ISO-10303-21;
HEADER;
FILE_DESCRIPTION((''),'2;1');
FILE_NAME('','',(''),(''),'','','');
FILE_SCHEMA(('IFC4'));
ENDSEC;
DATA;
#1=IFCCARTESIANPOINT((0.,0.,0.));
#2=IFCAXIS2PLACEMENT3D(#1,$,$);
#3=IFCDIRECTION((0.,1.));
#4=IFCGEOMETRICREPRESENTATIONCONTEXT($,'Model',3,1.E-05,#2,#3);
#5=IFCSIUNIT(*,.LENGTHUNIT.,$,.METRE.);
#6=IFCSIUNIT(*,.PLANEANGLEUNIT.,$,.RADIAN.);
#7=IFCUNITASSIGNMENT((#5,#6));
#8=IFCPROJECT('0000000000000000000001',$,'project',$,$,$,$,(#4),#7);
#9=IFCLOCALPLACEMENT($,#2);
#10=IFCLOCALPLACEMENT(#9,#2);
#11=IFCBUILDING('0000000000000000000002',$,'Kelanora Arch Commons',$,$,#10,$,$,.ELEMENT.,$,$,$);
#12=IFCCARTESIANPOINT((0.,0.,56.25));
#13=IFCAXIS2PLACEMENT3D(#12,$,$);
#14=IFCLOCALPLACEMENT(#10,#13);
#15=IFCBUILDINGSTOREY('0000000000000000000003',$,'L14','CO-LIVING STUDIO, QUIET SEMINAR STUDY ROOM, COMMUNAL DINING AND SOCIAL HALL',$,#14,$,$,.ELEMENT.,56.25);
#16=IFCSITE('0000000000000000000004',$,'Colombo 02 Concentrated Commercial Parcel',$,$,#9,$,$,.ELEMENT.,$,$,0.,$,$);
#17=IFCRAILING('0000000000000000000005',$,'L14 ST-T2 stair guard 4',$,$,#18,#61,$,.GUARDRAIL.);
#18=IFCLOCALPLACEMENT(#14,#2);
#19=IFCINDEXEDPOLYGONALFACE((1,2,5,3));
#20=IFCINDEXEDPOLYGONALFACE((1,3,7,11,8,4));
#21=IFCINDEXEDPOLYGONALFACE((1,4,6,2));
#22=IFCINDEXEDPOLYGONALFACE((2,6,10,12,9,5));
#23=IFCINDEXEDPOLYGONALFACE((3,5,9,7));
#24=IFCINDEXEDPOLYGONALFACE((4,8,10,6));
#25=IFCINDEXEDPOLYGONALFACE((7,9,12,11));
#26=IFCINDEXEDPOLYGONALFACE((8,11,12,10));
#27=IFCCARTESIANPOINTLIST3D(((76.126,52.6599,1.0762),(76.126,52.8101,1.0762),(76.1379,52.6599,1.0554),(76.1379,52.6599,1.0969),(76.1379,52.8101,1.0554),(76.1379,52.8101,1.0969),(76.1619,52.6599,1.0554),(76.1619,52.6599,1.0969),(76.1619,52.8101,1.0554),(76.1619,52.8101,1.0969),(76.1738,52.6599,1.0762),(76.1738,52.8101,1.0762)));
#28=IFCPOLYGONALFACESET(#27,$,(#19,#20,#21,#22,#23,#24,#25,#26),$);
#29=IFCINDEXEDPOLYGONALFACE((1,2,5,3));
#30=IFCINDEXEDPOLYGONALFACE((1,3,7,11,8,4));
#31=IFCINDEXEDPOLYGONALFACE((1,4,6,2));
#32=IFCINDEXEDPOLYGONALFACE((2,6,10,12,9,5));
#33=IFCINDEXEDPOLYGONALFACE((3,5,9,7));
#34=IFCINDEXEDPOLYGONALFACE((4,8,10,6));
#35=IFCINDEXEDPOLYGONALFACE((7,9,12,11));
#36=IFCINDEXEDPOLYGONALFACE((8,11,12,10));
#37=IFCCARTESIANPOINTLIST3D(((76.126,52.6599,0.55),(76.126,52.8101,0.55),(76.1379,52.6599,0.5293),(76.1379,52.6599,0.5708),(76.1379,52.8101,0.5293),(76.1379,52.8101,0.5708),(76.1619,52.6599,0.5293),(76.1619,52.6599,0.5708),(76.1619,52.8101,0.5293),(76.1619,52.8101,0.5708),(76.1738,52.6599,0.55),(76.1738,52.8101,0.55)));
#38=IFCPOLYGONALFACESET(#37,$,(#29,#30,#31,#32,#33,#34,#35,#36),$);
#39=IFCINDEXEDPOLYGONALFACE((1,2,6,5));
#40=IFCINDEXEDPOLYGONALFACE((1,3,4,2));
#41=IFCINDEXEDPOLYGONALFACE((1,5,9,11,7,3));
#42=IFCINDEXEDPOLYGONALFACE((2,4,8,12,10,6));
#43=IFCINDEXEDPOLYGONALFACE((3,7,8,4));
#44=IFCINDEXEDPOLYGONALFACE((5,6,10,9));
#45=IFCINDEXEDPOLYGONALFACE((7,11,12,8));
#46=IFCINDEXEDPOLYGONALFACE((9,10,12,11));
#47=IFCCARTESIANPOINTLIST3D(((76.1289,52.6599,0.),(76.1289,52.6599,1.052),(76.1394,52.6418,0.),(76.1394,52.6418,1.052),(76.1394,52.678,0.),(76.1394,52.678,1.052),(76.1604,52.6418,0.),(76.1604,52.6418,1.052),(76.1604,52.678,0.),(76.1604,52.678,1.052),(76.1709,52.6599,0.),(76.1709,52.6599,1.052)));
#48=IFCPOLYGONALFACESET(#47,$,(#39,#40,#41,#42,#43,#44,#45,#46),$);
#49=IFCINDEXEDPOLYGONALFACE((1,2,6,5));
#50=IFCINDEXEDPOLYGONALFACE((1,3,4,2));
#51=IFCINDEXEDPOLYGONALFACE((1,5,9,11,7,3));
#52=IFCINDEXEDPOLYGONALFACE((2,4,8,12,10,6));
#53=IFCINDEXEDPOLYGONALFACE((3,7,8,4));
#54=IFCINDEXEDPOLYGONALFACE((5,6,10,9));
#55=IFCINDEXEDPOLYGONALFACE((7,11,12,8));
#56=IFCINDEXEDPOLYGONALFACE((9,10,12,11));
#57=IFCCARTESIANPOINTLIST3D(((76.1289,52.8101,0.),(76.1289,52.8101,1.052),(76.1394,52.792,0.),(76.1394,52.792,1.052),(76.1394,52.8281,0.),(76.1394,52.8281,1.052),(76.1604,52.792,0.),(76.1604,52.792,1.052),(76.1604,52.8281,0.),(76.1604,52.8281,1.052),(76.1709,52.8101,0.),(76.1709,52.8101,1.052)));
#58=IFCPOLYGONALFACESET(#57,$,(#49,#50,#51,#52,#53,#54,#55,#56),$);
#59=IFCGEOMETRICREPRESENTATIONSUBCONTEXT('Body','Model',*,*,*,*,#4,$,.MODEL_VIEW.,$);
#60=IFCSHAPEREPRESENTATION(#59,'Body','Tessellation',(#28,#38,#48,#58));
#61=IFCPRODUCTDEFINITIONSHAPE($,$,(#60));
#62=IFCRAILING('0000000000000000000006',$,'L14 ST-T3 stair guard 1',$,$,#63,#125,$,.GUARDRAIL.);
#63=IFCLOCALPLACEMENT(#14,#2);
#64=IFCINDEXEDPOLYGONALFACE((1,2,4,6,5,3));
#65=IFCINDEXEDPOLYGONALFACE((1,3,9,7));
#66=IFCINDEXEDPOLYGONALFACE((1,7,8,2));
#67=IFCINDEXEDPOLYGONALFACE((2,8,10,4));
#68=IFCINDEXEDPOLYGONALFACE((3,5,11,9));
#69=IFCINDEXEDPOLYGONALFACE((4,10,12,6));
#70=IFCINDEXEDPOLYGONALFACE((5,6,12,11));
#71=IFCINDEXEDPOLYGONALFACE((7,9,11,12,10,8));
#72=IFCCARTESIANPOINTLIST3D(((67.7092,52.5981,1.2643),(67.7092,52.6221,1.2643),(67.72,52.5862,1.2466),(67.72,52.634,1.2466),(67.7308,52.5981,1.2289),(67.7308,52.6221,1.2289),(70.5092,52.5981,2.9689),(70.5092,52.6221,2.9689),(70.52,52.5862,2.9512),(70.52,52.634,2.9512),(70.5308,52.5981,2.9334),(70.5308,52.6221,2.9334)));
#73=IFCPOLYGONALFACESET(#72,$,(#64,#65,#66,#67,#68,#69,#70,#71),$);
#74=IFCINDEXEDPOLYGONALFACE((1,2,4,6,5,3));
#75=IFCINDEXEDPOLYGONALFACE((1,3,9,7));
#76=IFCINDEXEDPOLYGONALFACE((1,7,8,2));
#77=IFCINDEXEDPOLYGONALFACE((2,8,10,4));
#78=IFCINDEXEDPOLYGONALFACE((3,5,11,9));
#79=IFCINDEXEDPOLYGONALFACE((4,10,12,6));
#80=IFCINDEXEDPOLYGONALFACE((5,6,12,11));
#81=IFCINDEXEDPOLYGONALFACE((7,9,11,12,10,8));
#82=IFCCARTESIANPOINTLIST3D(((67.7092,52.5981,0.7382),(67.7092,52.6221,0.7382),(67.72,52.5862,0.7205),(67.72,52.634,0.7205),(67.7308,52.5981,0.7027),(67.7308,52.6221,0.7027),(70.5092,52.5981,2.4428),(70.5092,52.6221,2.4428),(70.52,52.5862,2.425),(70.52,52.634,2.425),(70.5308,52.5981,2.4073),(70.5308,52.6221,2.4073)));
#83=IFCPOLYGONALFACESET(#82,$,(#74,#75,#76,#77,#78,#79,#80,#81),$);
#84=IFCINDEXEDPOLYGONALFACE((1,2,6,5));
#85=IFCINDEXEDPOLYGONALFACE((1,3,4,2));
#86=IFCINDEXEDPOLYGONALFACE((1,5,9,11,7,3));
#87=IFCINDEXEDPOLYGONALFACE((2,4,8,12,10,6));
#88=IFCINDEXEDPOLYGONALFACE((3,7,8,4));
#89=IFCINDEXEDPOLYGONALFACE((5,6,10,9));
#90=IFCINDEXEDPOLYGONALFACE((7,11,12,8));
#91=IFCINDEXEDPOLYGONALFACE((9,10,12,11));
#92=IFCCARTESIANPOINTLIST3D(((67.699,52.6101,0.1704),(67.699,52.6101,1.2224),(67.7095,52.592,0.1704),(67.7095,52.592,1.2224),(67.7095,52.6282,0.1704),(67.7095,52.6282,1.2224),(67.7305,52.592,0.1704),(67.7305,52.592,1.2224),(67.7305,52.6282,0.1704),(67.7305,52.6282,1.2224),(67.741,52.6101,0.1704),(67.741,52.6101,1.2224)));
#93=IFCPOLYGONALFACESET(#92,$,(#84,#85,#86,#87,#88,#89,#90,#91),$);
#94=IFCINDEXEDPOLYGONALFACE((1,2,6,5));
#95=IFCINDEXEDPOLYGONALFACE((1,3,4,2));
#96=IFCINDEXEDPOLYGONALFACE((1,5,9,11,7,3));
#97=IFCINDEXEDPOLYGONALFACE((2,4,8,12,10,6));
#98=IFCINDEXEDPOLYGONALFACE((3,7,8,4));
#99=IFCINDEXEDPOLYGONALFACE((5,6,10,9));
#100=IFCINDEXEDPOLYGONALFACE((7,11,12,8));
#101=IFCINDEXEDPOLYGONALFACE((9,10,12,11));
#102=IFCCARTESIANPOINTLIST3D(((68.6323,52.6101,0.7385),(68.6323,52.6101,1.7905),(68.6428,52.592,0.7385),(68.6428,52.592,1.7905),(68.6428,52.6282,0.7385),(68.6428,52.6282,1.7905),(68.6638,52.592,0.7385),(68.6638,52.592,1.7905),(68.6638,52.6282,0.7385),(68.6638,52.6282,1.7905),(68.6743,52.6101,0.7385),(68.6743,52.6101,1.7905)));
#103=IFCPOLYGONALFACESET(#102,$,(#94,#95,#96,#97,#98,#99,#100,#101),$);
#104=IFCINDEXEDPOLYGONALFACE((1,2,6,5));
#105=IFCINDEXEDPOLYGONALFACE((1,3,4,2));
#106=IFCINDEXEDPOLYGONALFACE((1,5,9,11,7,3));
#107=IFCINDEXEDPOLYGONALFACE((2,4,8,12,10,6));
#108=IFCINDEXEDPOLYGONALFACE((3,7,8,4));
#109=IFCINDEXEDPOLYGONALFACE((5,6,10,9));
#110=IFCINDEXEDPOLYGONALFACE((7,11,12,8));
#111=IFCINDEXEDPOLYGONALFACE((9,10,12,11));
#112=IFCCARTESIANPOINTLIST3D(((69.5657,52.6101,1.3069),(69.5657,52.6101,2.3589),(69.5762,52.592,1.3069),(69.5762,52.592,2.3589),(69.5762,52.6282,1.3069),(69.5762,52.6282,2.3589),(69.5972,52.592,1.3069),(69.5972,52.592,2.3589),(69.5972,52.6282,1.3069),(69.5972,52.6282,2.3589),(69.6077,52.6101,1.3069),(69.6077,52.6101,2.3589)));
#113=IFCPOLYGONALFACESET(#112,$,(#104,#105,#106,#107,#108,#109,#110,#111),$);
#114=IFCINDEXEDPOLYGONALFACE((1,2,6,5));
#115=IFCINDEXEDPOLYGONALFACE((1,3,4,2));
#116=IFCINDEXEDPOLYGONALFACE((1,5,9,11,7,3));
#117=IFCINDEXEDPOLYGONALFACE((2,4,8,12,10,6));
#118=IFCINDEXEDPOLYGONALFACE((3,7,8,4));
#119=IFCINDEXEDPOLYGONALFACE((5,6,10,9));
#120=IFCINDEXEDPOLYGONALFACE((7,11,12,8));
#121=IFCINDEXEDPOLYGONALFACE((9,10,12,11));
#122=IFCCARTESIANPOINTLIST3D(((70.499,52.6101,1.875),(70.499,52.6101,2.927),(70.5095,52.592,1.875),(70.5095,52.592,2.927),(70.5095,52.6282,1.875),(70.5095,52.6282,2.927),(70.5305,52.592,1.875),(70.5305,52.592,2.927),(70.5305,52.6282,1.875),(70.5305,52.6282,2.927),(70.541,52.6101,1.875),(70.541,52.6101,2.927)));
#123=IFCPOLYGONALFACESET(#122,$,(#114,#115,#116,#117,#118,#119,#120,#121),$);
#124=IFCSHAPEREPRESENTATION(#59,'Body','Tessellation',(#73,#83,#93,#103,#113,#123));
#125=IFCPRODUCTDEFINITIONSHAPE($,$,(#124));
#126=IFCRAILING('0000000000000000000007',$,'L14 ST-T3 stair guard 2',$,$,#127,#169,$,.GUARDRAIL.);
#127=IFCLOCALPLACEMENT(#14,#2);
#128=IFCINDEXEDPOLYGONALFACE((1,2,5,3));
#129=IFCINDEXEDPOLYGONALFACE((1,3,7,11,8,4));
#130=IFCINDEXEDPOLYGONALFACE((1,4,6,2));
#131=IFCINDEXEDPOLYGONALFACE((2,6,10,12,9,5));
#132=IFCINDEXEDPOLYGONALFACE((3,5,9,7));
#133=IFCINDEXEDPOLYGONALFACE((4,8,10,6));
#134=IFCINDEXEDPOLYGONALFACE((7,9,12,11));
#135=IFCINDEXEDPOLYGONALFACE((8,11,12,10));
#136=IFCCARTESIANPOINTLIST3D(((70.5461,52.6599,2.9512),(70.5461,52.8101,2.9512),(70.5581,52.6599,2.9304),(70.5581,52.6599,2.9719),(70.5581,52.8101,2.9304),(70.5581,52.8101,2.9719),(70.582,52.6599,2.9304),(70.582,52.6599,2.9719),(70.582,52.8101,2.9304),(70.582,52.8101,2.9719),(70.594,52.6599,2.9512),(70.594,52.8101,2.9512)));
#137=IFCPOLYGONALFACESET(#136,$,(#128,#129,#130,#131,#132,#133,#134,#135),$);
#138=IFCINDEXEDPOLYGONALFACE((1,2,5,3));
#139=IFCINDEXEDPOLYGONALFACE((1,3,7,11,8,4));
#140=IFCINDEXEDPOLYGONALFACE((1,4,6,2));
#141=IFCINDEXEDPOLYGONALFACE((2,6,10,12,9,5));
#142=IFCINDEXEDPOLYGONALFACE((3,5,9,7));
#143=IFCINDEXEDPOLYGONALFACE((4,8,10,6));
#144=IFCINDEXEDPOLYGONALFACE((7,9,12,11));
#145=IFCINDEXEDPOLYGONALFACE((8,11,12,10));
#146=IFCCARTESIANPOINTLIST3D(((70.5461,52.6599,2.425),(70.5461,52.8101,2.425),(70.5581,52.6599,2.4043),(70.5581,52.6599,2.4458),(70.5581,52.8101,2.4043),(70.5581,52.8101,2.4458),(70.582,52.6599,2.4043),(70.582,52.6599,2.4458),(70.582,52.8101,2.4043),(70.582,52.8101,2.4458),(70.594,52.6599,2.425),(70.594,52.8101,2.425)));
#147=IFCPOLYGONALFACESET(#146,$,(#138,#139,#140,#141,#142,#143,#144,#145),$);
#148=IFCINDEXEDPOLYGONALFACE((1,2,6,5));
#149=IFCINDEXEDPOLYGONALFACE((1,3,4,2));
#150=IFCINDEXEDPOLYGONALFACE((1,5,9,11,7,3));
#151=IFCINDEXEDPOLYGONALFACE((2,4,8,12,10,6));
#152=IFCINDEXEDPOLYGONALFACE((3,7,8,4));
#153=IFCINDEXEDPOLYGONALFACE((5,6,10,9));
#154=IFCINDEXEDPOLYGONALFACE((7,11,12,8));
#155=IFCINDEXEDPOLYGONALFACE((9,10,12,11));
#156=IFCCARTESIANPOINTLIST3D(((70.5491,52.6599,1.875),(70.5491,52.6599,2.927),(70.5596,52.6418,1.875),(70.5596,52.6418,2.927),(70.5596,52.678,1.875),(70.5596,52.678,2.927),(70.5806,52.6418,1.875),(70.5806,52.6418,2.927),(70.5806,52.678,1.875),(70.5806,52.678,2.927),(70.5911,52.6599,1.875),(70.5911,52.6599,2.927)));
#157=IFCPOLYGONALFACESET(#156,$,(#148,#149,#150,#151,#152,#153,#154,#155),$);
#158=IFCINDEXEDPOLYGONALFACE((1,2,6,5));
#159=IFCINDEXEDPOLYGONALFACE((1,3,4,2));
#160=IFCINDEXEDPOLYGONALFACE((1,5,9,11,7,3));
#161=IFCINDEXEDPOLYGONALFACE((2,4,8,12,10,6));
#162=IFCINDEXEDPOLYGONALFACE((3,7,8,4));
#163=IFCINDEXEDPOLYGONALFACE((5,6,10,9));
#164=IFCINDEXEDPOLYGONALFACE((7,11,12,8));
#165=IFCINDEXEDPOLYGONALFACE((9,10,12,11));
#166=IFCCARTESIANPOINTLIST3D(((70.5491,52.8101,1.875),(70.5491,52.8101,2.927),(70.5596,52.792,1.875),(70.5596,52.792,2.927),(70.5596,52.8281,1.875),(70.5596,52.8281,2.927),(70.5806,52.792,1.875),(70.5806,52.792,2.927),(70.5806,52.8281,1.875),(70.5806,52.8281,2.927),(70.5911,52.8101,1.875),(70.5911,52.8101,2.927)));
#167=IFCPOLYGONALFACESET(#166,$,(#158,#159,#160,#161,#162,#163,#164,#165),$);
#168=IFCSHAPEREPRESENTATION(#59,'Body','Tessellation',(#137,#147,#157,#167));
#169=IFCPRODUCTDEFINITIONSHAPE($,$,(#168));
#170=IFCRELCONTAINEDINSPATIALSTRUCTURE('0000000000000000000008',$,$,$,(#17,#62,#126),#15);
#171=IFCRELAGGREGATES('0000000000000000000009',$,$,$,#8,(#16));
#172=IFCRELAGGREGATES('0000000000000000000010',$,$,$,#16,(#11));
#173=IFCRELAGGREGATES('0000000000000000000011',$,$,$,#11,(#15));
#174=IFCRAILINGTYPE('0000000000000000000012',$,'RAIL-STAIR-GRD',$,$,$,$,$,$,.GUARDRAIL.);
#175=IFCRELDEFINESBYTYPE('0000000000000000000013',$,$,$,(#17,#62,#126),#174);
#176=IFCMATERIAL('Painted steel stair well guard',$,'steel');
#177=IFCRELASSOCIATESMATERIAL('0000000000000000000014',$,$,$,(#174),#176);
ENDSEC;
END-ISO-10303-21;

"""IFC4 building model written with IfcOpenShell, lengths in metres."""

from ifc_helpers import new_model, si_unit, direction, frame, origin, place, context, subcontext, project, spatial, polyline, outline, extrude, material, type_object, element, save


model = new_model("IFC4")

# Units and contexts
model_context = context("Model", 3, precision=1e-05, world=origin(), true_north=direction((0.0, 1.0)))
body_context = subcontext(model_context, "Body", "Model", "MODEL_VIEW")
ifc_project = project(units=[si_unit("LENGTHUNIT", "METRE"), si_unit("PLANEANGLEUNIT", "RADIAN")], contexts=[model_context])

# Site, building, storey
site_placement = place(None, origin())
site = spatial("IfcSite", under=ifc_project, at=site_placement, Name="Colombo 02 Concentrated Commercial Parcel", CompositionType="ELEMENT", RefElevation=0.0)
building_placement = place(site_placement, origin())
building = spatial("IfcBuilding", under=site, at=building_placement, Name="Kelanora Arch Commons", CompositionType="ELEMENT")
storey_placement = place(building_placement, frame((0.0, 0.0, 56.25)))
storey = spatial("IfcBuildingStorey", under=building, at=storey_placement, Name="L14", Description="CO-LIVING STUDIO, QUIET SEMINAR STUDY ROOM, COMMUNAL DINING AND SOCIAL HALL", CompositionType="ELEMENT", Elevation=56.25)

# Railings
ifc_material_1 = material(Name="Painted steel stair well guard", Category="steel")
railing_type_1 = type_object("IfcRailingType", Name="RAIL-STAIR-GRD", PredefinedType="GUARDRAIL", material=ifc_material_1)
railing_1_placement = place(storey_placement, frame((76.1499, 52.6599, 0.0)))
element("IfcRailing", 1, at=railing_1_placement, inside=storey, type_object=railing_type_1, Name="L14 ST-T2 stair guard 4", PredefinedType="GUARDRAIL", context=body_context, shape_type="SweptSolid", body=[
    extrude(outline(polyline([(0.0239, 0.0), (0.012, 0.0208), (-0.012, 0.0208), (-0.0239, 0.0), (-0.012, -0.0208), (0.012, -0.0208), (0.0239, 0.0)])), frame((0.0, 0.0, 1.0762), z_axis=(0.0, 1.0, 0.0), x_axis=(-1.0, 0.0, 0.0)), (0.0, 0.0, 1.0), 0.1501),
    extrude(outline(polyline([(0.0239, 0.0), (0.012, 0.0208), (-0.012, 0.0208), (-0.0239, 0.0), (-0.012, -0.0208), (0.012, -0.0208), (0.0239, 0.0)])), frame((0.0, 0.0, 0.55), z_axis=(0.0, 1.0, 0.0), x_axis=(-1.0, 0.0, 0.0)), (0.0, 0.0, 1.0), 0.1501),
    extrude(outline(polyline([(0.021, 0.0), (0.0105, 0.0181), (-0.0105, 0.0181), (-0.021, 0.0), (-0.0105, -0.0181), (0.0105, -0.0181), (0.021, 0.0)])), origin(), (0.0, 0.0, 1.0), 1.052),
    extrude(outline(polyline([(0.021, 0.0), (0.0105, 0.0181), (-0.0105, 0.0181), (-0.021, 0.0), (-0.0105, -0.0181), (0.0105, -0.0181), (0.021, 0.0)])), frame((0.0, 0.1501, 0.0)), (0.0, 0.0, 1.0), 1.052),
])
railing_2_placement = place(storey_placement, frame((67.72, 52.6101, 0.1704)))
element("IfcRailing", 2, at=railing_2_placement, inside=storey, type_object=railing_type_1, Name="L14 ST-T3 stair guard 1", PredefinedType="GUARDRAIL", context=body_context, shape_type="SweptSolid", body=[
    extrude(outline(polyline([(0.0239, 0.0), (0.012, 0.0208), (-0.012, 0.0208), (-0.0239, 0.0), (-0.012, -0.0208), (0.012, -0.0208), (0.0239, 0.0)])), frame((0.0, 0.0, 1.0762), z_axis=(0.85417, 0.0, 0.519994), x_axis=(0.0, 1.0, 0.0)), (0.0, 0.0, 1.0), 3.2781),
    extrude(outline(polyline([(0.0239, 0.0), (0.012, 0.0208), (-0.012, 0.0208), (-0.0239, 0.0), (-0.012, -0.0208), (0.012, -0.0208), (0.0239, 0.0)])), frame((0.0, 0.0, 0.55), z_axis=(0.85417, 0.0, 0.519994), x_axis=(0.0, 1.0, 0.0)), (0.0, 0.0, 1.0), 3.2781),
    extrude(outline(polyline([(0.021, 0.0), (0.0105, 0.0181), (-0.0105, 0.0181), (-0.021, 0.0), (-0.0105, -0.0181), (0.0105, -0.0181), (0.021, 0.0)])), origin(), (0.0, 0.0, 1.0), 1.052),
    extrude(outline(polyline([(0.021, 0.0), (0.0105, 0.0181), (-0.0105, 0.0181), (-0.021, 0.0), (-0.0105, -0.0181), (0.0105, -0.0181), (0.021, 0.0)])), frame((0.9333, 0.0, 0.5681)), (0.0, 0.0, 1.0), 1.052),
    extrude(outline(polyline([(0.021, 0.0), (0.0105, 0.0181), (-0.0105, 0.0181), (-0.021, 0.0), (-0.0105, -0.0181), (0.0105, -0.0181), (0.021, 0.0)])), frame((1.8667, 0.0, 1.1365)), (0.0, 0.0, 1.0), 1.052),
    extrude(outline(polyline([(0.021, 0.0), (0.0105, 0.0181), (-0.0105, 0.0181), (-0.021, 0.0), (-0.0105, -0.0181), (0.0105, -0.0181), (0.021, 0.0)])), frame((2.8, 0.0, 1.7046)), (0.0, 0.0, 1.0), 1.052),
])
railing_3_placement = place(storey_placement, frame((70.5701, 52.6599, 1.875)))
element("IfcRailing", 3, at=railing_3_placement, inside=storey, type_object=railing_type_1, Name="L14 ST-T3 stair guard 2", PredefinedType="GUARDRAIL", context=body_context, shape_type="SweptSolid", body=[
    extrude(outline(polyline([(0.0239, 0.0), (0.012, 0.0208), (-0.012, 0.0208), (-0.0239, 0.0), (-0.012, -0.0208), (0.012, -0.0208), (0.0239, 0.0)])), frame((0.0, 0.0, 1.0762), z_axis=(0.0, 1.0, 0.0), x_axis=(-1.0, 0.0, 0.0)), (0.0, 0.0, 1.0), 0.1501),
    extrude(outline(polyline([(0.0239, 0.0), (0.012, 0.0208), (-0.012, 0.0208), (-0.0239, 0.0), (-0.012, -0.0208), (0.012, -0.0208), (0.0239, 0.0)])), frame((0.0, 0.0, 0.55), z_axis=(0.0, 1.0, 0.0), x_axis=(-1.0, 0.0, 0.0)), (0.0, 0.0, 1.0), 0.1501),
    extrude(outline(polyline([(0.021, 0.0), (0.0105, 0.0181), (-0.0105, 0.0181), (-0.021, 0.0), (-0.0105, -0.0181), (0.0105, -0.0181), (0.021, 0.0)])), origin(), (0.0, 0.0, 1.0), 1.052),
    extrude(outline(polyline([(0.021, 0.0), (0.0105, 0.0181), (-0.0105, 0.0181), (-0.021, 0.0), (-0.0105, -0.0181), (0.0105, -0.0181), (0.021, 0.0)])), frame((0.0, 0.1501, 0.0)), (0.0, 0.0, 1.0), 1.052),
])

save(model, "model.ifc")
